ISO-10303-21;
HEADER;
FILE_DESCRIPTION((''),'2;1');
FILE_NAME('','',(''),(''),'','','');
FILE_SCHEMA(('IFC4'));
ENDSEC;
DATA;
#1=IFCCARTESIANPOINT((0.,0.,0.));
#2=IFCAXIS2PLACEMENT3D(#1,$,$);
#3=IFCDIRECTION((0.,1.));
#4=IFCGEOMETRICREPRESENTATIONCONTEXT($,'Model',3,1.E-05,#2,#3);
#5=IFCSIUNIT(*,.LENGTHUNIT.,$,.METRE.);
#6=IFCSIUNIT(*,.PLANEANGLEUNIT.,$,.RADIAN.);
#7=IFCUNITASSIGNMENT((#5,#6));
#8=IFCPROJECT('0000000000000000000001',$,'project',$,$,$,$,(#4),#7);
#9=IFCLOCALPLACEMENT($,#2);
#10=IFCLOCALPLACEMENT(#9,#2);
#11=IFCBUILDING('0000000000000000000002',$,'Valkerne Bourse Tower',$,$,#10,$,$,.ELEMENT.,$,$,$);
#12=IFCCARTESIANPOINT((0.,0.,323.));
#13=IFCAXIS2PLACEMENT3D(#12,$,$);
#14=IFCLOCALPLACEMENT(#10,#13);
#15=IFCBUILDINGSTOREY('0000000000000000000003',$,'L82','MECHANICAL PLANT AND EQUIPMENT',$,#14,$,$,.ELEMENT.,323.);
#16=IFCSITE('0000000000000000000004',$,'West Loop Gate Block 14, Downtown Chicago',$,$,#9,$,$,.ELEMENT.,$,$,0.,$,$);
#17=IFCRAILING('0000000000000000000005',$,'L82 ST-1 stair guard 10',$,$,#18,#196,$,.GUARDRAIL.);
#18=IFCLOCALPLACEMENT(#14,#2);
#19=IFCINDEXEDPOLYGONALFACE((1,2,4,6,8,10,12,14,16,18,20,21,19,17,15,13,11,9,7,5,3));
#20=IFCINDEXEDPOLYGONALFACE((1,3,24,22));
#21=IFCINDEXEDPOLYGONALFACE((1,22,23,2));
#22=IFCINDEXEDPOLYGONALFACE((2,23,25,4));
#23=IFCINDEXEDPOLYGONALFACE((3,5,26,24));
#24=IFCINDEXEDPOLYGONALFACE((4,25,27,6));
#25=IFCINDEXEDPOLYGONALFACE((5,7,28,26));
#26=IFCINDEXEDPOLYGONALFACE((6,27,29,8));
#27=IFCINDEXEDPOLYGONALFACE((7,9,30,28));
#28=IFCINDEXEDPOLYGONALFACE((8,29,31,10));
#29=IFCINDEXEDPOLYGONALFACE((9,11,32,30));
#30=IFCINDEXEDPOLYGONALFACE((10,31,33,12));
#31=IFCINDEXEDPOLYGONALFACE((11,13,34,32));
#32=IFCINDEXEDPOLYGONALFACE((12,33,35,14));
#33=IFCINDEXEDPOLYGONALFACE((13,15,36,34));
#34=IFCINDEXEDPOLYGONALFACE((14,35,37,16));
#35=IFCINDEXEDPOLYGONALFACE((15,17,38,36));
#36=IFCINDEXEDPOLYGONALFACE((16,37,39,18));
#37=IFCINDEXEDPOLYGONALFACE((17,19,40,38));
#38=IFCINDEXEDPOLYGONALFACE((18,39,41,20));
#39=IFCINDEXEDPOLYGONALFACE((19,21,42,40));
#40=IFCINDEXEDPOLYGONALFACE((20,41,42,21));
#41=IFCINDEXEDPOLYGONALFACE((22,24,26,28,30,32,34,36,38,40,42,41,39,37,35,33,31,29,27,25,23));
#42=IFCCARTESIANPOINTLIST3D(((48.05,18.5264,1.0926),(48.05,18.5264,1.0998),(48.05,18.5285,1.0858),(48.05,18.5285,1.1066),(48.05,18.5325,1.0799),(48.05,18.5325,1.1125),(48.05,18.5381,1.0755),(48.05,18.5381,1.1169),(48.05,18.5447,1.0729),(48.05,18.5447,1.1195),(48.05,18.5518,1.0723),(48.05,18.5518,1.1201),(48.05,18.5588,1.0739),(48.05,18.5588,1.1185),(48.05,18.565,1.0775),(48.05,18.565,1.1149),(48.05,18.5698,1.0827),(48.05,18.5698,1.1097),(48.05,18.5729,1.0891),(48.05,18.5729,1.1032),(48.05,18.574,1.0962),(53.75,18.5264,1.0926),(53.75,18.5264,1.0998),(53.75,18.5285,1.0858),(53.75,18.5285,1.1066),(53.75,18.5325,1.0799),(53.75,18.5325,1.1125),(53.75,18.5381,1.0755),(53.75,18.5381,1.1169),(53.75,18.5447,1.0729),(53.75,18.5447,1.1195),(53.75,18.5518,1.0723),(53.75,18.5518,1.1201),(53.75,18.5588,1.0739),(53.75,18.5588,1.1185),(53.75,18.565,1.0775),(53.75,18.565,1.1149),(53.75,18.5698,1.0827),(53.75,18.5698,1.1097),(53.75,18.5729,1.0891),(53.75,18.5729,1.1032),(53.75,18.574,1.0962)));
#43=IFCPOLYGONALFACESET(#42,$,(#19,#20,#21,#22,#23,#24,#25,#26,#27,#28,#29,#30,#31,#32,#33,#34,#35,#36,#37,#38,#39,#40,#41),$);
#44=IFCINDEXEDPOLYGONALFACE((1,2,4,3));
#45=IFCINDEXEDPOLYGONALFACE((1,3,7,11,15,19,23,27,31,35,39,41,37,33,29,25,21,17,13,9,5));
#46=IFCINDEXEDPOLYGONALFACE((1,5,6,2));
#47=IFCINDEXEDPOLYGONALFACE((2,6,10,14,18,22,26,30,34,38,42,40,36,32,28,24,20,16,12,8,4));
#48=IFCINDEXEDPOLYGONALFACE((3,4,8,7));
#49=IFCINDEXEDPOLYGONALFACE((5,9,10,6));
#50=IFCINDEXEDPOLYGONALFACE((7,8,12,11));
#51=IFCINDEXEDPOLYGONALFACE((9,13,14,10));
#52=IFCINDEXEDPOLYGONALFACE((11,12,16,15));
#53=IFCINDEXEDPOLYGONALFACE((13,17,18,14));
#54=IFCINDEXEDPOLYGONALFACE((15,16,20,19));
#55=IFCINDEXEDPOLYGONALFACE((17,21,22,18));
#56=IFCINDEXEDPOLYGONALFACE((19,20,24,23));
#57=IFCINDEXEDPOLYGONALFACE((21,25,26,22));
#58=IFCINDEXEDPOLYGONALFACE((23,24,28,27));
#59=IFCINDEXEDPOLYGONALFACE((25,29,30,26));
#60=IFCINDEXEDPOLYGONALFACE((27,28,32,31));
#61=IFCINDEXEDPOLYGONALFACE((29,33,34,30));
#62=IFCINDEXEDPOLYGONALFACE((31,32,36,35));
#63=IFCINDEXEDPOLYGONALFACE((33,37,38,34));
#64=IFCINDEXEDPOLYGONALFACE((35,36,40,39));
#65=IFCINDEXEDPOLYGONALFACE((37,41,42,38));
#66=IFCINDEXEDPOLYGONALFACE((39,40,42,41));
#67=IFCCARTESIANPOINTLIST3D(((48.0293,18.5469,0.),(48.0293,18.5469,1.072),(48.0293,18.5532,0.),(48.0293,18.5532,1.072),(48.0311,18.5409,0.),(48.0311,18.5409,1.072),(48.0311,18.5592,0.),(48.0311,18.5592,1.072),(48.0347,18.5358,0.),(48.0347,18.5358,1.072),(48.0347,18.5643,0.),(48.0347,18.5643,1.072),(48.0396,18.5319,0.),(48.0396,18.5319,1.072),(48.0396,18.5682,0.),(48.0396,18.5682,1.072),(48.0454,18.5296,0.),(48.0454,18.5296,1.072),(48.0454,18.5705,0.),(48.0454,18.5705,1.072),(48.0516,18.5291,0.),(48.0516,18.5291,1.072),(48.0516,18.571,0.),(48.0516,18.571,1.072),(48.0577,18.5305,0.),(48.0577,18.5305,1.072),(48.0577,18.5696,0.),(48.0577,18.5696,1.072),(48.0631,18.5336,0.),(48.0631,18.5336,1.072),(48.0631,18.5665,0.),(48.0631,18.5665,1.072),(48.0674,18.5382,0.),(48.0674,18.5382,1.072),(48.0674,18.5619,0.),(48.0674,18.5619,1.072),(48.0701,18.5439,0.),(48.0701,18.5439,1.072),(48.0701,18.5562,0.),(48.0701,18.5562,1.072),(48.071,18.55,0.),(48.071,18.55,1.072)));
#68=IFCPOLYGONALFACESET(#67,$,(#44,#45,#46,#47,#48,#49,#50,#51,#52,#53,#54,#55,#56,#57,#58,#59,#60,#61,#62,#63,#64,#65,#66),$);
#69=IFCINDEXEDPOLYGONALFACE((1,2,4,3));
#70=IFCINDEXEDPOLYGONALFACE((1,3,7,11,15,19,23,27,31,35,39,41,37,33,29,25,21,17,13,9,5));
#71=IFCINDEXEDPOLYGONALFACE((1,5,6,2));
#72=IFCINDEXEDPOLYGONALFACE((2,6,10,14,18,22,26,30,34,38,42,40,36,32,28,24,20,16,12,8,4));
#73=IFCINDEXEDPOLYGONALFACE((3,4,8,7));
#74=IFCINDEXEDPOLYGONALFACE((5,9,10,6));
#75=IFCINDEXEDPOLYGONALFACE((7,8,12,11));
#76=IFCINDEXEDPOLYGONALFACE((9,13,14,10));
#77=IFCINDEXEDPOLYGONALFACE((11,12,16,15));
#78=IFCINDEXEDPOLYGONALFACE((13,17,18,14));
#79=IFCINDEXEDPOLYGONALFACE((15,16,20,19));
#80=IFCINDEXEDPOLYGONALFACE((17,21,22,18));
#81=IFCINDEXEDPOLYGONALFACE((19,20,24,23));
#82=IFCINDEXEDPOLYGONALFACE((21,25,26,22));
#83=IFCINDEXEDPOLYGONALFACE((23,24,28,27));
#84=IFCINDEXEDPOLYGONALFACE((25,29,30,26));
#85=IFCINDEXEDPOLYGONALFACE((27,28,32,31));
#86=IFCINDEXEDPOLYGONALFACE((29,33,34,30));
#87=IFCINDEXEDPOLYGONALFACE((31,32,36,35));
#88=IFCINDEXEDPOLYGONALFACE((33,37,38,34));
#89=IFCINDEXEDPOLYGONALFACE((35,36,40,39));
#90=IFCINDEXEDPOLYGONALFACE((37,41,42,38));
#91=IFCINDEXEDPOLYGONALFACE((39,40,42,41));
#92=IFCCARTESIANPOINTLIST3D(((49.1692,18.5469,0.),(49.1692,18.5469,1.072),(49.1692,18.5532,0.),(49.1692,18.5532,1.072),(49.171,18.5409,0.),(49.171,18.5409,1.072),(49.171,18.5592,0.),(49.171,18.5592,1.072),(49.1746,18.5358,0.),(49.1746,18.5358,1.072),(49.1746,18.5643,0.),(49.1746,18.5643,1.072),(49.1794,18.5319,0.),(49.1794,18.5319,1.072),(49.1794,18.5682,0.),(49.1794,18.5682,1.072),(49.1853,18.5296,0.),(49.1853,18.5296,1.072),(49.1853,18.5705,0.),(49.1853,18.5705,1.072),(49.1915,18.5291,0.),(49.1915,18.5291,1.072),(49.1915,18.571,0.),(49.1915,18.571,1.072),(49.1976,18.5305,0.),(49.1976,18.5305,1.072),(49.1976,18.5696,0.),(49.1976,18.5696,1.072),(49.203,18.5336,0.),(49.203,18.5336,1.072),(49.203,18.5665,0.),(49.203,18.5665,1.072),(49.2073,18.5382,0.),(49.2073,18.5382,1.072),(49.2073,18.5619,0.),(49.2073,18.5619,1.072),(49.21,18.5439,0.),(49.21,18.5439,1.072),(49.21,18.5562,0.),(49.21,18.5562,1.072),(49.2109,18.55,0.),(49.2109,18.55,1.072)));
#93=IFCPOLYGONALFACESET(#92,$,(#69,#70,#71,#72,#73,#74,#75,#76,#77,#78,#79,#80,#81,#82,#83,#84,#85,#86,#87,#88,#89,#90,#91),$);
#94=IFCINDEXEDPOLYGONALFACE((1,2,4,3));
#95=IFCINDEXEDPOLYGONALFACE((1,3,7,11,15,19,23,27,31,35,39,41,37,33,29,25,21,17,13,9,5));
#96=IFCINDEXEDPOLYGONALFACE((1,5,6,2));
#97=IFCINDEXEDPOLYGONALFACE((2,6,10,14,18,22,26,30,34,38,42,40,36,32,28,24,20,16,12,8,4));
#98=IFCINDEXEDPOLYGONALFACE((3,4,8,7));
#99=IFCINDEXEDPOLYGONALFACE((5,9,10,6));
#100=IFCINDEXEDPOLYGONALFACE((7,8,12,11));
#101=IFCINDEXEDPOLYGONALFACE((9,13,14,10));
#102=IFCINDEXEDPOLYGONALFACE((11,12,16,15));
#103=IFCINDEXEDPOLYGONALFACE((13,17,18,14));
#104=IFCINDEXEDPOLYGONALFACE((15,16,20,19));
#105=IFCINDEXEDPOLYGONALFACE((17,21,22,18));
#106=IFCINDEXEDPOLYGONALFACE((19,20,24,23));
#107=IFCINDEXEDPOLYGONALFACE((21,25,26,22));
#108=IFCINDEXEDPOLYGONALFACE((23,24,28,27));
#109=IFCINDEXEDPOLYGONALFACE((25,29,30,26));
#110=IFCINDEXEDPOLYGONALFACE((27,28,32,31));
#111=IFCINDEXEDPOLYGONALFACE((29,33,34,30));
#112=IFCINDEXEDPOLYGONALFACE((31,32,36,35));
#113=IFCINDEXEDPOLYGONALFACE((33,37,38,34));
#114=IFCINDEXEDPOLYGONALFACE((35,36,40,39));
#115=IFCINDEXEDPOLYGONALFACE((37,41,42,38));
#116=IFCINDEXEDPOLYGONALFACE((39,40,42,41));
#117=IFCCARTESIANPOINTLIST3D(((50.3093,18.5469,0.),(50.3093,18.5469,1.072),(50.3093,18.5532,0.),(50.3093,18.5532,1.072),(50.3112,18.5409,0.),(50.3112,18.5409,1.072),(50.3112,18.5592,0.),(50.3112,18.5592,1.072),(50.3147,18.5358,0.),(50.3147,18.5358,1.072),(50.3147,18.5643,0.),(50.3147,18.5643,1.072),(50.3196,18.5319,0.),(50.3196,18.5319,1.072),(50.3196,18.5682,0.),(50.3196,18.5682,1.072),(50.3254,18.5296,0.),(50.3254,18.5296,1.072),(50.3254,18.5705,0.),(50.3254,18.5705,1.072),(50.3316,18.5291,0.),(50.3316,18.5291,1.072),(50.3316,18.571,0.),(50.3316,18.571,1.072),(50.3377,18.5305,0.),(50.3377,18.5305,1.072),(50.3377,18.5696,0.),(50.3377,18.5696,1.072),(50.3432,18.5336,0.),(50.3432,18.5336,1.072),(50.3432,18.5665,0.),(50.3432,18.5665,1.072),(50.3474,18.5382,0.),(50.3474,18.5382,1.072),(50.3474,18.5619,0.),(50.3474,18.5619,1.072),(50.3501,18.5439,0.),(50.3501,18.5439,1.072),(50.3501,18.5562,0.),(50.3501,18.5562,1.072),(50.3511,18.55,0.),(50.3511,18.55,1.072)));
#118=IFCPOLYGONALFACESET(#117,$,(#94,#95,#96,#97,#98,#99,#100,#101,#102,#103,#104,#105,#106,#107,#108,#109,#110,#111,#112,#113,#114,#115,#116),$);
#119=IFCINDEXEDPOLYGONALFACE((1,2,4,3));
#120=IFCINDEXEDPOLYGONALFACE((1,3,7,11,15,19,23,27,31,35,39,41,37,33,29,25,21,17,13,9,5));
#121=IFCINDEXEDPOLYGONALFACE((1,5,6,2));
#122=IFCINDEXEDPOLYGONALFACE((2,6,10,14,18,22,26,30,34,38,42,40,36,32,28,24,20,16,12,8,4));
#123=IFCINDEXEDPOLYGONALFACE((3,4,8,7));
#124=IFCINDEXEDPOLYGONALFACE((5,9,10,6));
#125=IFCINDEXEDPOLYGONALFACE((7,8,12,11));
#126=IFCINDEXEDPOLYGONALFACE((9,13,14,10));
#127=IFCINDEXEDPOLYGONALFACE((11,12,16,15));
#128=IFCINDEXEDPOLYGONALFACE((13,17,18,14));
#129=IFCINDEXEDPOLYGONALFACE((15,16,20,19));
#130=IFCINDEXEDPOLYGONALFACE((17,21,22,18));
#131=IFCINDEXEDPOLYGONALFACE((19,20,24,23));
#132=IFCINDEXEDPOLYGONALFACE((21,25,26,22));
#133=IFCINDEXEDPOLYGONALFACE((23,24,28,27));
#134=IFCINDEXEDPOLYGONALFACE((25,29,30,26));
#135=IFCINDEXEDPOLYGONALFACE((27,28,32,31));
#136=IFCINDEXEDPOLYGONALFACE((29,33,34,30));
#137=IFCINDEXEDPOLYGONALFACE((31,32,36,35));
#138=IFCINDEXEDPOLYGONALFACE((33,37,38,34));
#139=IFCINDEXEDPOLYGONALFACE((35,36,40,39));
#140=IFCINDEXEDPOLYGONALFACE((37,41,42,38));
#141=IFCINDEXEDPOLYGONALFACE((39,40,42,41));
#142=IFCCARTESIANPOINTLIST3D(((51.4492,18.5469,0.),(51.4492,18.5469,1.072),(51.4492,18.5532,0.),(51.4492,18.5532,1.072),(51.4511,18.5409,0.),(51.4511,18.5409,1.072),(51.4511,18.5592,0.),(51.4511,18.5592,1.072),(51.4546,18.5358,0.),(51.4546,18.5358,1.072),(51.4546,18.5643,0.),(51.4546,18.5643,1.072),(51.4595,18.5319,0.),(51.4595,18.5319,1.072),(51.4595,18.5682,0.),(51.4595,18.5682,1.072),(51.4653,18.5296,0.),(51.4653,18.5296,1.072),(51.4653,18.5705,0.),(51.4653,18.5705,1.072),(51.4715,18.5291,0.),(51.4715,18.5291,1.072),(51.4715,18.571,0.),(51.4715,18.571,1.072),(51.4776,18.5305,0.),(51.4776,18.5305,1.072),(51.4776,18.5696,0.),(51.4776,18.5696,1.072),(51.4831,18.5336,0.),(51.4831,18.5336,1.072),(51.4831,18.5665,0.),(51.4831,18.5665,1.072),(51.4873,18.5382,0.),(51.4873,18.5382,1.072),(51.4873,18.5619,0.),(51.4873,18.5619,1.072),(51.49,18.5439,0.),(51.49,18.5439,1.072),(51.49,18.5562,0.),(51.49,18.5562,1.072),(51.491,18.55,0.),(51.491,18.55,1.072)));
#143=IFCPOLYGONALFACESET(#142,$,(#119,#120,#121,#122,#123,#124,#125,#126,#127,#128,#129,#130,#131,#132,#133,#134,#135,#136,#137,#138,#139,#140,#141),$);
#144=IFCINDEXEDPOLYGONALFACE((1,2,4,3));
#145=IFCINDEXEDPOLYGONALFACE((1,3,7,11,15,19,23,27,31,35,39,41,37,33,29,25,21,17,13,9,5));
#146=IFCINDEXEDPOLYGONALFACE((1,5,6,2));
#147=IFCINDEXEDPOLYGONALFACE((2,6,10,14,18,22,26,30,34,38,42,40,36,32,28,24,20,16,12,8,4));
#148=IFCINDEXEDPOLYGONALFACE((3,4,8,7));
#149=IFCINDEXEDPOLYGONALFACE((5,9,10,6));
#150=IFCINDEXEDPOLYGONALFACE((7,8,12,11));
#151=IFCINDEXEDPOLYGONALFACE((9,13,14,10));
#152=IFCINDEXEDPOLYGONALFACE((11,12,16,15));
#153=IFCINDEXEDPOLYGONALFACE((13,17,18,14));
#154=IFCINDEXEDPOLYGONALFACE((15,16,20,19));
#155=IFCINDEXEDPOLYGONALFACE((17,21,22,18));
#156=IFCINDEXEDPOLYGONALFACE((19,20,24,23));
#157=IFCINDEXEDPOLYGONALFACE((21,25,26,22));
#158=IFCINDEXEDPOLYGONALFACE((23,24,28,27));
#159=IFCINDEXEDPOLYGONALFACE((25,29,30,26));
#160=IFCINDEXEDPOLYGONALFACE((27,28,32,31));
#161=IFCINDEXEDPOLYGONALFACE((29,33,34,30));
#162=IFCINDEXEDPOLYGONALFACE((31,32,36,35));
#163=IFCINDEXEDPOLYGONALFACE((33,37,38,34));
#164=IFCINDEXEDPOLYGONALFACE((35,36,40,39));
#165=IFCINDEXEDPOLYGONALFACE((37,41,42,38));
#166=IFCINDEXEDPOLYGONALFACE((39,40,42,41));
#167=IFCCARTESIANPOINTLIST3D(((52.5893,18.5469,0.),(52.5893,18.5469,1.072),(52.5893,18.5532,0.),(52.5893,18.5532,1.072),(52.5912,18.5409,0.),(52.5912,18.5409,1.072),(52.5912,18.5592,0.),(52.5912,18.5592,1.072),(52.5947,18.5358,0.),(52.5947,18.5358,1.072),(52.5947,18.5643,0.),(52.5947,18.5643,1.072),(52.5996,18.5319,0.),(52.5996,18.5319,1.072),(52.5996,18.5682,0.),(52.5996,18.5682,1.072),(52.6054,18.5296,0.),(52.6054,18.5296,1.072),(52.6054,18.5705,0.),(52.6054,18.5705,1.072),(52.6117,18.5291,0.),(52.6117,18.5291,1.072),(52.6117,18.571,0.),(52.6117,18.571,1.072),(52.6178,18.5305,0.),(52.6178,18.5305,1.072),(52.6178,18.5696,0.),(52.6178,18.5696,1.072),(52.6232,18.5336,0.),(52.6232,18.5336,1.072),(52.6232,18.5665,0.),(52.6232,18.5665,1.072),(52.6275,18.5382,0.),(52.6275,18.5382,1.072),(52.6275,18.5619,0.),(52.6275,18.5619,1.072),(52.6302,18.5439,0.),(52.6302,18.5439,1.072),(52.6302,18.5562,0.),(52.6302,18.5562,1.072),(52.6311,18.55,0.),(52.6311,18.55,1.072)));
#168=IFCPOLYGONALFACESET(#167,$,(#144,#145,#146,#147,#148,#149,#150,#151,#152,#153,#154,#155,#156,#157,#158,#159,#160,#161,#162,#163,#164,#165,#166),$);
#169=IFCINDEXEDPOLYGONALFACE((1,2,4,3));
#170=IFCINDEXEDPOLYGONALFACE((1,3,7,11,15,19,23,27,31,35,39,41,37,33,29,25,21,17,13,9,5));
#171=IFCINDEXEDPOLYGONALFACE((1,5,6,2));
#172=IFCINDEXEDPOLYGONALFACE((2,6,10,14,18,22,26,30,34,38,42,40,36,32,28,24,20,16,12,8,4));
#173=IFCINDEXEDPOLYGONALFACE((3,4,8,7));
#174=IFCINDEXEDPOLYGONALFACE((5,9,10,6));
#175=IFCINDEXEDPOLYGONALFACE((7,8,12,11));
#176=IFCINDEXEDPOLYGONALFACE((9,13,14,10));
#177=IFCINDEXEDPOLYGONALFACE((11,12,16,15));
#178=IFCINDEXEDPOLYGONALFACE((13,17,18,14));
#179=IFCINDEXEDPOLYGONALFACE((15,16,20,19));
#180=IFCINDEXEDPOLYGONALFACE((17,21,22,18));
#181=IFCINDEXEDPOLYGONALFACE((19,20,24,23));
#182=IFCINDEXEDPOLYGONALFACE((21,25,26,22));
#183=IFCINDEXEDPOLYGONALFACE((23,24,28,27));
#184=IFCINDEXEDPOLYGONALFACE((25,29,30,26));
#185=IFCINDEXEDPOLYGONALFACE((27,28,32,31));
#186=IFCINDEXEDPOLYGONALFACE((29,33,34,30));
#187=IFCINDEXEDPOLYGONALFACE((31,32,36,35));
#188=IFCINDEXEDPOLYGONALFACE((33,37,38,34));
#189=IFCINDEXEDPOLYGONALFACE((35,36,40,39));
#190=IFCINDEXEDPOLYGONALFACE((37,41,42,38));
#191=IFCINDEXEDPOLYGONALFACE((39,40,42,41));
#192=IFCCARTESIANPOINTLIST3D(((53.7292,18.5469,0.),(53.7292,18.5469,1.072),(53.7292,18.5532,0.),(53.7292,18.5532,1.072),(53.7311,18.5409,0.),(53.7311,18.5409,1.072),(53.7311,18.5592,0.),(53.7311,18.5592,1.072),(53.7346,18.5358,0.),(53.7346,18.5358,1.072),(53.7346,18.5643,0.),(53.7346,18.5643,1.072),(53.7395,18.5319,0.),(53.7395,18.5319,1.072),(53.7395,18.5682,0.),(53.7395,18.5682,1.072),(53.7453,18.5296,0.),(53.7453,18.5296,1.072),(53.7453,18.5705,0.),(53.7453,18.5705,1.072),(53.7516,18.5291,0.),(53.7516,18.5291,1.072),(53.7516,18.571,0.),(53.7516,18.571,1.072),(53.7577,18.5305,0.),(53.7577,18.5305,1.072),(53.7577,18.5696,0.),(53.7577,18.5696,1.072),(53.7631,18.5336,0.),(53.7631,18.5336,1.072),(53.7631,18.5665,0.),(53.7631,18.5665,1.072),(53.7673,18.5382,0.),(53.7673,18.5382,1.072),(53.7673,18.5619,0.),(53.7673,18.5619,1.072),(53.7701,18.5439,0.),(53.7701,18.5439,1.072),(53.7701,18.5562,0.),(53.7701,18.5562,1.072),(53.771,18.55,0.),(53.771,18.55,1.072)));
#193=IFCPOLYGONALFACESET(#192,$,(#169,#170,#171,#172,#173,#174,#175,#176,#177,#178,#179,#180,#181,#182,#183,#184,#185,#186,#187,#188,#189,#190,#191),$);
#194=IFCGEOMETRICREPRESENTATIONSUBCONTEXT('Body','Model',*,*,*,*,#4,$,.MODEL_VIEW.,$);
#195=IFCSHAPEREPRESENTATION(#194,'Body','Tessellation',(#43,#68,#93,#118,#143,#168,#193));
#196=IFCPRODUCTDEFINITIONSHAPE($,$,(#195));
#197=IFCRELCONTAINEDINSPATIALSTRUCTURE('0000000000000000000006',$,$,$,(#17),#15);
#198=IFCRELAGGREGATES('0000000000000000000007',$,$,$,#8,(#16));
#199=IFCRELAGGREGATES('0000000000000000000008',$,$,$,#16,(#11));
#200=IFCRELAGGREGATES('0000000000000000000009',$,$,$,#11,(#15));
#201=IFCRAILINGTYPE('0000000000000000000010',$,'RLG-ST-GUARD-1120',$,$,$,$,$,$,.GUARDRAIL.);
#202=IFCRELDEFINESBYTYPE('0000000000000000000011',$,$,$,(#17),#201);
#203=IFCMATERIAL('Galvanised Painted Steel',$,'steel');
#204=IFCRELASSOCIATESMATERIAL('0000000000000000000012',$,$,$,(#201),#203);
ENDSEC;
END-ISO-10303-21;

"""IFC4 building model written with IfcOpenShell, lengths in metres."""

from ifc_helpers import new_model, si_unit, direction, frame, origin, origin_2d, place, context, subcontext, project, spatial, circle, extrude, material, type_object, element, save


model = new_model("IFC4")

# Units and contexts
model_context = context("Model", 3, precision=1e-05, world=origin(), true_north=direction((0.0, 1.0)))
body_context = subcontext(model_context, "Body", "Model", "MODEL_VIEW")
ifc_project = project(units=[si_unit("LENGTHUNIT", "METRE"), si_unit("PLANEANGLEUNIT", "RADIAN")], contexts=[model_context])

# Site, building, storey
site_placement = place(None, origin())
site = spatial("IfcSite", under=ifc_project, at=site_placement, Name="West Loop Gate Block 14, Downtown Chicago", CompositionType="ELEMENT", RefElevation=0.0)
building_placement = place(site_placement, origin())
building = spatial("IfcBuilding", under=site, at=building_placement, Name="Valkerne Bourse Tower", CompositionType="ELEMENT")
storey_placement = place(building_placement, frame((0.0, 0.0, 323.0)))
storey = spatial("IfcBuildingStorey", under=building, at=storey_placement, Name="L82", Description="MECHANICAL PLANT AND EQUIPMENT", CompositionType="ELEMENT", Elevation=323.0)

# Railing
ifc_material_1 = material(Name="Galvanised Painted Steel", Category="steel")
railing_type_1 = type_object("IfcRailingType", Name="RLG-ST-GUARD-1120", PredefinedType="GUARDRAIL", material=ifc_material_1)
for number, where, name in (
    (1, (48.05, 18.55, 0.0), "L82 ST-1 stair guard 10"),
):
    element("IfcRailing", number, at=place(storey_placement, frame(where)), inside=storey, type_object=railing_type_1, Name=name, PredefinedType="GUARDRAIL", context=body_context, shape_type="SweptSolid", body=[
        extrude(circle(Radius=0.0239, at=origin_2d()), frame((0.0, 0.0, 1.0962), z_axis=(1.0, 0.0, 0.0), x_axis=(0.0, 1.0, 0.0)), (0.0, 0.0, 1.0), 5.7),
        extrude(circle(Radius=0.021, at=origin_2d()), origin(), (0.0, 0.0, 1.0), 1.072),
        extrude(circle(Radius=0.021, at=origin_2d()), frame((1.1399, 0.0, 0.0)), (0.0, 0.0, 1.0), 1.072),
        extrude(circle(Radius=0.021, at=origin_2d()), frame((2.28, 0.0, 0.0)), (0.0, 0.0, 1.0), 1.072),
        extrude(circle(Radius=0.021, at=origin_2d()), frame((3.4199, 0.0, 0.0)), (0.0, 0.0, 1.0), 1.072),
        extrude(circle(Radius=0.021, at=origin_2d()), frame((4.5601, 0.0, 0.0)), (0.0, 0.0, 1.0), 1.072),
        extrude(circle(Radius=0.021, at=origin_2d()), frame((5.7, 0.0, 0.0)), (0.0, 0.0, 1.0), 1.072),
    ])

save(model, "model.ifc")
